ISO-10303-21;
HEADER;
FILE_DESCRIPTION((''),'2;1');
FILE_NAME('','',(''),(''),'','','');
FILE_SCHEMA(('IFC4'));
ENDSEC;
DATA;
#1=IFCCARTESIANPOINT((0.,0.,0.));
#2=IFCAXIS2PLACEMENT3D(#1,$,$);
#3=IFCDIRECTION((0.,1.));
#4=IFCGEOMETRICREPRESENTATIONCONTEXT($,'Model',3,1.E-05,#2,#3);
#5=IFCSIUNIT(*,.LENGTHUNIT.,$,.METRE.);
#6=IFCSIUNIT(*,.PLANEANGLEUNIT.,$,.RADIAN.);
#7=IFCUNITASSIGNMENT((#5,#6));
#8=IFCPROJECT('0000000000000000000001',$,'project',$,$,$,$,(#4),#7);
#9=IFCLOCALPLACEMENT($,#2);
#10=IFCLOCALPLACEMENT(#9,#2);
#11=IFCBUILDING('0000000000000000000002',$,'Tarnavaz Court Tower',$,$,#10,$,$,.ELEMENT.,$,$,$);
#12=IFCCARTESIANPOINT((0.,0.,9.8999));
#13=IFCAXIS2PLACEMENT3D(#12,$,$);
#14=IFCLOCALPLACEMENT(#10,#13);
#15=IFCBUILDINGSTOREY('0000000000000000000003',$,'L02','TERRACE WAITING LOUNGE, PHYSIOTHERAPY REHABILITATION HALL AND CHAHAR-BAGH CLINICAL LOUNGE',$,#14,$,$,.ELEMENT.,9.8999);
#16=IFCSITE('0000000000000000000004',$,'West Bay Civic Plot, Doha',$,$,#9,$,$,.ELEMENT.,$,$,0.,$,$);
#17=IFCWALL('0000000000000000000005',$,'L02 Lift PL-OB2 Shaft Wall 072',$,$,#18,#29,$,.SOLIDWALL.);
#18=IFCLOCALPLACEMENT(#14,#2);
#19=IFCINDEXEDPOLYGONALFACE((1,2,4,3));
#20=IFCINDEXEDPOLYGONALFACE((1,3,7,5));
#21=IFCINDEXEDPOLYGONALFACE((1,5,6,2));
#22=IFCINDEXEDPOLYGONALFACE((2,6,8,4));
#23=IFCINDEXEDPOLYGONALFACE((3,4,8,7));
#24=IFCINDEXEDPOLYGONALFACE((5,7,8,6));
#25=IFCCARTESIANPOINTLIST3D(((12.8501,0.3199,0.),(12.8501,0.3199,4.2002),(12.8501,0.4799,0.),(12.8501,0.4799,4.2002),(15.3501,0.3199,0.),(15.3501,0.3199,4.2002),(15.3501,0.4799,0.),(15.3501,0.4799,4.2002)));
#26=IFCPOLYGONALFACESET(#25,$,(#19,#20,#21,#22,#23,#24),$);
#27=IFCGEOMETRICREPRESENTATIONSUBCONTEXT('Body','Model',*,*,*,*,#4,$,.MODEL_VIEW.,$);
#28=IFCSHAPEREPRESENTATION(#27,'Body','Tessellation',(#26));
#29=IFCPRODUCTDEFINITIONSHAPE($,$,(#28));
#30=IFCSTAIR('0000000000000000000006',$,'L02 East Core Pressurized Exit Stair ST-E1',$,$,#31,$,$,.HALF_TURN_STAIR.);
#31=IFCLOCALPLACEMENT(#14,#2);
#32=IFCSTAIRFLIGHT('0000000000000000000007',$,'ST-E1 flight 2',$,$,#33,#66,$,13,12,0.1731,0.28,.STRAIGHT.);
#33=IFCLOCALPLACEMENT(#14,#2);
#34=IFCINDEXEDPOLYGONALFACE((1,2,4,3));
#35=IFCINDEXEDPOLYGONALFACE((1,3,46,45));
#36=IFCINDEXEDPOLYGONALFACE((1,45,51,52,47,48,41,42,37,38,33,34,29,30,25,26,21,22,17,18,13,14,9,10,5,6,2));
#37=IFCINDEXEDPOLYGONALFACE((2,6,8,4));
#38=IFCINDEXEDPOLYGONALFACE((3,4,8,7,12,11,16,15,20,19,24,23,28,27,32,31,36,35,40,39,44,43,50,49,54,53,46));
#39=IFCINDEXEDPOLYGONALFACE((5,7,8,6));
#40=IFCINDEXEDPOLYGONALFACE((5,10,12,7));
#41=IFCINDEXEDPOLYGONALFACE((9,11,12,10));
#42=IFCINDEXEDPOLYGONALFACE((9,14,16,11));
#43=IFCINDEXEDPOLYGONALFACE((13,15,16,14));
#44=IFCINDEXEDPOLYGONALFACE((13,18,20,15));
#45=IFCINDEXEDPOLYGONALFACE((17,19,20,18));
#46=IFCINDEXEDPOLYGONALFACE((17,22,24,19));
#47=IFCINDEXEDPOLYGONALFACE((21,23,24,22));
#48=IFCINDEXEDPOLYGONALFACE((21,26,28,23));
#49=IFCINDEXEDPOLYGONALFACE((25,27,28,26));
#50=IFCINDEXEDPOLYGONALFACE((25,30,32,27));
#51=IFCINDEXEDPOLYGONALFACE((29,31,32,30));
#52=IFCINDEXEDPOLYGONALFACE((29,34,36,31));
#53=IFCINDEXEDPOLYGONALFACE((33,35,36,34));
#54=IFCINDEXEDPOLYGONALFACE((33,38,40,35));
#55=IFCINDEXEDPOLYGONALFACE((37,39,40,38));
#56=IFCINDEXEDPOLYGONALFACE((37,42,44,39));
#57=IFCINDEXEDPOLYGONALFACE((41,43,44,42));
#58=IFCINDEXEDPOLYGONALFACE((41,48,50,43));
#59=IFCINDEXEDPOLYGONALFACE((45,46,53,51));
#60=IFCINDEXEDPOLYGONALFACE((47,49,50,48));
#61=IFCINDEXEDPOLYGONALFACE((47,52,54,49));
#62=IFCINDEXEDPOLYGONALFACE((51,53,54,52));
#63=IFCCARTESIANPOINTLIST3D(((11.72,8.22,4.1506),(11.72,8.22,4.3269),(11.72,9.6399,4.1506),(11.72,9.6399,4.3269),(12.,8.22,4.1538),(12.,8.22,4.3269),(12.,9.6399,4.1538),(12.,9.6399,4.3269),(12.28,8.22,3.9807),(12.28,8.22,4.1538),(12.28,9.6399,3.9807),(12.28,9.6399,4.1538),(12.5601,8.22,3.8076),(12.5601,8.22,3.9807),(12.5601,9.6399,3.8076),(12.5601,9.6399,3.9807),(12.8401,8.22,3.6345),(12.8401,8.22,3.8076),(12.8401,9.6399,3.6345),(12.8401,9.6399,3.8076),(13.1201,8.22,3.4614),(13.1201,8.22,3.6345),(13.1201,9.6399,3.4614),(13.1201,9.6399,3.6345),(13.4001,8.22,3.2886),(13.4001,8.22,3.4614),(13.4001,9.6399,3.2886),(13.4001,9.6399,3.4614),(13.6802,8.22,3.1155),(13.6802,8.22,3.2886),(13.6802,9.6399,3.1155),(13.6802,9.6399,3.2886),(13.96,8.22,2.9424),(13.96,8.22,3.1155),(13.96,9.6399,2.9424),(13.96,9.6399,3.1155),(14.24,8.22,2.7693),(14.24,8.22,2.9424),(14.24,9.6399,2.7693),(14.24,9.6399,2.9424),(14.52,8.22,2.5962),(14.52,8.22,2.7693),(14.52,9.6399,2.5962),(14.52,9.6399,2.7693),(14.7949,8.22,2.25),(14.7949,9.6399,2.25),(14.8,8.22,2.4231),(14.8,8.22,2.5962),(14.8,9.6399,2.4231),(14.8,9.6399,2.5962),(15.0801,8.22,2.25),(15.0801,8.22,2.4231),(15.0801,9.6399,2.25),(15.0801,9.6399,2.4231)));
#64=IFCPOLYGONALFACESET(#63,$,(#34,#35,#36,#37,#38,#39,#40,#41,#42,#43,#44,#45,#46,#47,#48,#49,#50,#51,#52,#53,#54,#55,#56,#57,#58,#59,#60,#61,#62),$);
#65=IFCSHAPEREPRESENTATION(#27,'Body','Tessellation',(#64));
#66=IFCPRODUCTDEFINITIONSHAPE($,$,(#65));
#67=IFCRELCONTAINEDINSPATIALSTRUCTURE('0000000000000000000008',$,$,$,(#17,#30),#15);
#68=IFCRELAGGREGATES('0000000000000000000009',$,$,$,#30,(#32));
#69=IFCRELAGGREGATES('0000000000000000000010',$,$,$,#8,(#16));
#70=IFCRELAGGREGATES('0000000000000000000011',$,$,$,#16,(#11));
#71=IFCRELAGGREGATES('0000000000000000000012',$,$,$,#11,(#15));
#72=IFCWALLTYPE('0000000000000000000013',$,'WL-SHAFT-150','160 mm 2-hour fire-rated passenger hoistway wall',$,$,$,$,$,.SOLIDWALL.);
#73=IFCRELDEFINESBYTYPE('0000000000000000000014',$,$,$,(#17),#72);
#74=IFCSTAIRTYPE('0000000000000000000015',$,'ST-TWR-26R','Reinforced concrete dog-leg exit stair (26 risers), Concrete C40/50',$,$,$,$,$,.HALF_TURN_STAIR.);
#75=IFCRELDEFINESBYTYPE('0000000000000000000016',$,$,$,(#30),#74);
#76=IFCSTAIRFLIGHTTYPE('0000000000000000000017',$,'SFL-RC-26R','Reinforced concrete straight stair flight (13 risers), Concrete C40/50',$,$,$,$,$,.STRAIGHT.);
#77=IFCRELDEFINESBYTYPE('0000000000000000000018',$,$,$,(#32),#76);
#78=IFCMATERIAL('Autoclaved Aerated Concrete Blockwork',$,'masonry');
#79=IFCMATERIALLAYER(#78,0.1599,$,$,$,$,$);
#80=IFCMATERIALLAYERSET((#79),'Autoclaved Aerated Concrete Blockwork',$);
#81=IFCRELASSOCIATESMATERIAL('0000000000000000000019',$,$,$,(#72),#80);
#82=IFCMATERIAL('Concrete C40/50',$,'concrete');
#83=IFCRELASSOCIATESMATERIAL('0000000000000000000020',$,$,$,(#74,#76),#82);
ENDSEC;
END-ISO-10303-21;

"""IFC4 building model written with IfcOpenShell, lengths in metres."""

from ifc_helpers import new_model, si_unit, direction, frame, frame_2d, origin, place, context, subcontext, project, spatial, polyline, rectangle, outline, extrude, material, layer, layer_set, type_object, element, aggregate, save


model = new_model("IFC4")

# Units and contexts
model_context = context("Model", 3, precision=1e-05, world=origin(), true_north=direction((0.0, 1.0)))
body_context = subcontext(model_context, "Body", "Model", "MODEL_VIEW")
ifc_project = project(units=[si_unit("LENGTHUNIT", "METRE"), si_unit("PLANEANGLEUNIT", "RADIAN")], contexts=[model_context])

# Site, building, storey
site_placement = place(None, origin())
site = spatial("IfcSite", under=ifc_project, at=site_placement, Name="West Bay Civic Plot, Doha", CompositionType="ELEMENT", RefElevation=0.0)
building_placement = place(site_placement, origin())
building = spatial("IfcBuilding", under=site, at=building_placement, Name="Tarnavaz Court Tower", CompositionType="ELEMENT")
storey_placement = place(building_placement, frame((0.0, 0.0, 9.8999)))
storey = spatial("IfcBuildingStorey", under=building, at=storey_placement, Name="L02", Description="TERRACE WAITING LOUNGE, PHYSIOTHERAPY REHABILITATION HALL AND CHAHAR-BAGH CLINICAL LOUNGE", CompositionType="ELEMENT", Elevation=9.8999)

# Wall
ifc_material_1 = material(Name="Autoclaved Aerated Concrete Blockwork", Category="masonry")
ifc_layer_1 = layer(ifc_material_1, 0.1599)
ifc_layer_set_1 = layer_set([ifc_layer_1], Name="Autoclaved Aerated Concrete Blockwork")
wall_type_1 = type_object("IfcWallType", Name="WL-SHAFT-150", Description="160 mm 2-hour fire-rated passenger hoistway wall", PredefinedType="SOLIDWALL", material=ifc_layer_set_1)
wall_1_placement = place(storey_placement, frame((12.8501, 0.3999, 0.0), z_axis=(0.0, 0.0, 1.0), x_axis=(1.0, 0.0, 0.0)))
element("IfcWall", 1, at=wall_1_placement, inside=storey, type_object=wall_type_1, Name="L02 Lift PL-OB2 Shaft Wall 072", PredefinedType="SOLIDWALL", context=body_context, shape_type="SweptSolid", body=[
    extrude(rectangle(XDim=2.5, YDim=0.1599, at=frame_2d((1.25, 0.0))), origin(), (0.0, 0.0, 1.0), 4.2002),
])

# Stair, stair flight
ifc_material_2 = material(Name="Concrete C40/50", Category="concrete")
stair_type = type_object("IfcStairType", Name="ST-TWR-26R", Description="Reinforced concrete dog-leg exit stair (26 risers), Concrete C40/50", PredefinedType="HALF_TURN_STAIR", material=ifc_material_2)
stair_placement = place(storey_placement, origin())
stair = element("IfcStair", 2, at=stair_placement, inside=storey, type_object=stair_type, Name="L02 East Core Pressurized Exit Stair ST-E1", PredefinedType="HALF_TURN_STAIR")
stair_flight_type = type_object("IfcStairFlightType", Name="SFL-RC-26R", Description="Reinforced concrete straight stair flight (13 risers), Concrete C40/50", PredefinedType="STRAIGHT", material=ifc_material_2)
stair_flight_placement = place(storey_placement, frame((15.0801, 8.9299, 2.25), z_axis=(0.0, 0.0, 1.0), x_axis=(-1.0, 0.0, 0.0)))
stair_flight = element("IfcStairFlight", 3, at=stair_flight_placement, type_object=stair_flight_type, Name="ST-E1 flight 2", NumberOfRisers=13, NumberOfTreads=12, PredefinedType="STRAIGHT", RiserHeight=0.1731, TreadLength=0.28, context=body_context, shape_type="SweptSolid", body=[
    extrude(outline(polyline([(0.0, 0.0), (0.0, 0.1731), (0.28, 0.1731), (0.28, 0.3462), (0.5601, 0.3462), (0.5601, 0.5193), (0.8401, 0.5193), (0.8401, 0.6924), (1.1201, 0.6924), (1.1201, 0.8655), (1.3999, 0.8655), (1.3999, 1.0386), (1.6799, 1.0386), (1.6799, 1.2114), (1.96, 1.2114), (1.96, 1.3845), (2.24, 1.3845), (2.24, 1.5576), (2.52, 1.5576), (2.52, 1.7307), (2.8, 1.7307), (2.8, 1.9038), (3.0801, 1.9038), (3.0801, 2.0769), (3.3601, 2.0769), (3.3601, 2.25), (3.3601, 1.9006), (0.2852, 0.0), (0.0, 0.0)])), frame((0.0, 0.71, 0.0), z_axis=(0.0, -1.0, 0.0), x_axis=(1.0, 0.0, 0.0)), (0.0, 0.0, 1.0), 1.4199),
])
aggregate(stair, [stair_flight])

save(model, "model.ifc")
